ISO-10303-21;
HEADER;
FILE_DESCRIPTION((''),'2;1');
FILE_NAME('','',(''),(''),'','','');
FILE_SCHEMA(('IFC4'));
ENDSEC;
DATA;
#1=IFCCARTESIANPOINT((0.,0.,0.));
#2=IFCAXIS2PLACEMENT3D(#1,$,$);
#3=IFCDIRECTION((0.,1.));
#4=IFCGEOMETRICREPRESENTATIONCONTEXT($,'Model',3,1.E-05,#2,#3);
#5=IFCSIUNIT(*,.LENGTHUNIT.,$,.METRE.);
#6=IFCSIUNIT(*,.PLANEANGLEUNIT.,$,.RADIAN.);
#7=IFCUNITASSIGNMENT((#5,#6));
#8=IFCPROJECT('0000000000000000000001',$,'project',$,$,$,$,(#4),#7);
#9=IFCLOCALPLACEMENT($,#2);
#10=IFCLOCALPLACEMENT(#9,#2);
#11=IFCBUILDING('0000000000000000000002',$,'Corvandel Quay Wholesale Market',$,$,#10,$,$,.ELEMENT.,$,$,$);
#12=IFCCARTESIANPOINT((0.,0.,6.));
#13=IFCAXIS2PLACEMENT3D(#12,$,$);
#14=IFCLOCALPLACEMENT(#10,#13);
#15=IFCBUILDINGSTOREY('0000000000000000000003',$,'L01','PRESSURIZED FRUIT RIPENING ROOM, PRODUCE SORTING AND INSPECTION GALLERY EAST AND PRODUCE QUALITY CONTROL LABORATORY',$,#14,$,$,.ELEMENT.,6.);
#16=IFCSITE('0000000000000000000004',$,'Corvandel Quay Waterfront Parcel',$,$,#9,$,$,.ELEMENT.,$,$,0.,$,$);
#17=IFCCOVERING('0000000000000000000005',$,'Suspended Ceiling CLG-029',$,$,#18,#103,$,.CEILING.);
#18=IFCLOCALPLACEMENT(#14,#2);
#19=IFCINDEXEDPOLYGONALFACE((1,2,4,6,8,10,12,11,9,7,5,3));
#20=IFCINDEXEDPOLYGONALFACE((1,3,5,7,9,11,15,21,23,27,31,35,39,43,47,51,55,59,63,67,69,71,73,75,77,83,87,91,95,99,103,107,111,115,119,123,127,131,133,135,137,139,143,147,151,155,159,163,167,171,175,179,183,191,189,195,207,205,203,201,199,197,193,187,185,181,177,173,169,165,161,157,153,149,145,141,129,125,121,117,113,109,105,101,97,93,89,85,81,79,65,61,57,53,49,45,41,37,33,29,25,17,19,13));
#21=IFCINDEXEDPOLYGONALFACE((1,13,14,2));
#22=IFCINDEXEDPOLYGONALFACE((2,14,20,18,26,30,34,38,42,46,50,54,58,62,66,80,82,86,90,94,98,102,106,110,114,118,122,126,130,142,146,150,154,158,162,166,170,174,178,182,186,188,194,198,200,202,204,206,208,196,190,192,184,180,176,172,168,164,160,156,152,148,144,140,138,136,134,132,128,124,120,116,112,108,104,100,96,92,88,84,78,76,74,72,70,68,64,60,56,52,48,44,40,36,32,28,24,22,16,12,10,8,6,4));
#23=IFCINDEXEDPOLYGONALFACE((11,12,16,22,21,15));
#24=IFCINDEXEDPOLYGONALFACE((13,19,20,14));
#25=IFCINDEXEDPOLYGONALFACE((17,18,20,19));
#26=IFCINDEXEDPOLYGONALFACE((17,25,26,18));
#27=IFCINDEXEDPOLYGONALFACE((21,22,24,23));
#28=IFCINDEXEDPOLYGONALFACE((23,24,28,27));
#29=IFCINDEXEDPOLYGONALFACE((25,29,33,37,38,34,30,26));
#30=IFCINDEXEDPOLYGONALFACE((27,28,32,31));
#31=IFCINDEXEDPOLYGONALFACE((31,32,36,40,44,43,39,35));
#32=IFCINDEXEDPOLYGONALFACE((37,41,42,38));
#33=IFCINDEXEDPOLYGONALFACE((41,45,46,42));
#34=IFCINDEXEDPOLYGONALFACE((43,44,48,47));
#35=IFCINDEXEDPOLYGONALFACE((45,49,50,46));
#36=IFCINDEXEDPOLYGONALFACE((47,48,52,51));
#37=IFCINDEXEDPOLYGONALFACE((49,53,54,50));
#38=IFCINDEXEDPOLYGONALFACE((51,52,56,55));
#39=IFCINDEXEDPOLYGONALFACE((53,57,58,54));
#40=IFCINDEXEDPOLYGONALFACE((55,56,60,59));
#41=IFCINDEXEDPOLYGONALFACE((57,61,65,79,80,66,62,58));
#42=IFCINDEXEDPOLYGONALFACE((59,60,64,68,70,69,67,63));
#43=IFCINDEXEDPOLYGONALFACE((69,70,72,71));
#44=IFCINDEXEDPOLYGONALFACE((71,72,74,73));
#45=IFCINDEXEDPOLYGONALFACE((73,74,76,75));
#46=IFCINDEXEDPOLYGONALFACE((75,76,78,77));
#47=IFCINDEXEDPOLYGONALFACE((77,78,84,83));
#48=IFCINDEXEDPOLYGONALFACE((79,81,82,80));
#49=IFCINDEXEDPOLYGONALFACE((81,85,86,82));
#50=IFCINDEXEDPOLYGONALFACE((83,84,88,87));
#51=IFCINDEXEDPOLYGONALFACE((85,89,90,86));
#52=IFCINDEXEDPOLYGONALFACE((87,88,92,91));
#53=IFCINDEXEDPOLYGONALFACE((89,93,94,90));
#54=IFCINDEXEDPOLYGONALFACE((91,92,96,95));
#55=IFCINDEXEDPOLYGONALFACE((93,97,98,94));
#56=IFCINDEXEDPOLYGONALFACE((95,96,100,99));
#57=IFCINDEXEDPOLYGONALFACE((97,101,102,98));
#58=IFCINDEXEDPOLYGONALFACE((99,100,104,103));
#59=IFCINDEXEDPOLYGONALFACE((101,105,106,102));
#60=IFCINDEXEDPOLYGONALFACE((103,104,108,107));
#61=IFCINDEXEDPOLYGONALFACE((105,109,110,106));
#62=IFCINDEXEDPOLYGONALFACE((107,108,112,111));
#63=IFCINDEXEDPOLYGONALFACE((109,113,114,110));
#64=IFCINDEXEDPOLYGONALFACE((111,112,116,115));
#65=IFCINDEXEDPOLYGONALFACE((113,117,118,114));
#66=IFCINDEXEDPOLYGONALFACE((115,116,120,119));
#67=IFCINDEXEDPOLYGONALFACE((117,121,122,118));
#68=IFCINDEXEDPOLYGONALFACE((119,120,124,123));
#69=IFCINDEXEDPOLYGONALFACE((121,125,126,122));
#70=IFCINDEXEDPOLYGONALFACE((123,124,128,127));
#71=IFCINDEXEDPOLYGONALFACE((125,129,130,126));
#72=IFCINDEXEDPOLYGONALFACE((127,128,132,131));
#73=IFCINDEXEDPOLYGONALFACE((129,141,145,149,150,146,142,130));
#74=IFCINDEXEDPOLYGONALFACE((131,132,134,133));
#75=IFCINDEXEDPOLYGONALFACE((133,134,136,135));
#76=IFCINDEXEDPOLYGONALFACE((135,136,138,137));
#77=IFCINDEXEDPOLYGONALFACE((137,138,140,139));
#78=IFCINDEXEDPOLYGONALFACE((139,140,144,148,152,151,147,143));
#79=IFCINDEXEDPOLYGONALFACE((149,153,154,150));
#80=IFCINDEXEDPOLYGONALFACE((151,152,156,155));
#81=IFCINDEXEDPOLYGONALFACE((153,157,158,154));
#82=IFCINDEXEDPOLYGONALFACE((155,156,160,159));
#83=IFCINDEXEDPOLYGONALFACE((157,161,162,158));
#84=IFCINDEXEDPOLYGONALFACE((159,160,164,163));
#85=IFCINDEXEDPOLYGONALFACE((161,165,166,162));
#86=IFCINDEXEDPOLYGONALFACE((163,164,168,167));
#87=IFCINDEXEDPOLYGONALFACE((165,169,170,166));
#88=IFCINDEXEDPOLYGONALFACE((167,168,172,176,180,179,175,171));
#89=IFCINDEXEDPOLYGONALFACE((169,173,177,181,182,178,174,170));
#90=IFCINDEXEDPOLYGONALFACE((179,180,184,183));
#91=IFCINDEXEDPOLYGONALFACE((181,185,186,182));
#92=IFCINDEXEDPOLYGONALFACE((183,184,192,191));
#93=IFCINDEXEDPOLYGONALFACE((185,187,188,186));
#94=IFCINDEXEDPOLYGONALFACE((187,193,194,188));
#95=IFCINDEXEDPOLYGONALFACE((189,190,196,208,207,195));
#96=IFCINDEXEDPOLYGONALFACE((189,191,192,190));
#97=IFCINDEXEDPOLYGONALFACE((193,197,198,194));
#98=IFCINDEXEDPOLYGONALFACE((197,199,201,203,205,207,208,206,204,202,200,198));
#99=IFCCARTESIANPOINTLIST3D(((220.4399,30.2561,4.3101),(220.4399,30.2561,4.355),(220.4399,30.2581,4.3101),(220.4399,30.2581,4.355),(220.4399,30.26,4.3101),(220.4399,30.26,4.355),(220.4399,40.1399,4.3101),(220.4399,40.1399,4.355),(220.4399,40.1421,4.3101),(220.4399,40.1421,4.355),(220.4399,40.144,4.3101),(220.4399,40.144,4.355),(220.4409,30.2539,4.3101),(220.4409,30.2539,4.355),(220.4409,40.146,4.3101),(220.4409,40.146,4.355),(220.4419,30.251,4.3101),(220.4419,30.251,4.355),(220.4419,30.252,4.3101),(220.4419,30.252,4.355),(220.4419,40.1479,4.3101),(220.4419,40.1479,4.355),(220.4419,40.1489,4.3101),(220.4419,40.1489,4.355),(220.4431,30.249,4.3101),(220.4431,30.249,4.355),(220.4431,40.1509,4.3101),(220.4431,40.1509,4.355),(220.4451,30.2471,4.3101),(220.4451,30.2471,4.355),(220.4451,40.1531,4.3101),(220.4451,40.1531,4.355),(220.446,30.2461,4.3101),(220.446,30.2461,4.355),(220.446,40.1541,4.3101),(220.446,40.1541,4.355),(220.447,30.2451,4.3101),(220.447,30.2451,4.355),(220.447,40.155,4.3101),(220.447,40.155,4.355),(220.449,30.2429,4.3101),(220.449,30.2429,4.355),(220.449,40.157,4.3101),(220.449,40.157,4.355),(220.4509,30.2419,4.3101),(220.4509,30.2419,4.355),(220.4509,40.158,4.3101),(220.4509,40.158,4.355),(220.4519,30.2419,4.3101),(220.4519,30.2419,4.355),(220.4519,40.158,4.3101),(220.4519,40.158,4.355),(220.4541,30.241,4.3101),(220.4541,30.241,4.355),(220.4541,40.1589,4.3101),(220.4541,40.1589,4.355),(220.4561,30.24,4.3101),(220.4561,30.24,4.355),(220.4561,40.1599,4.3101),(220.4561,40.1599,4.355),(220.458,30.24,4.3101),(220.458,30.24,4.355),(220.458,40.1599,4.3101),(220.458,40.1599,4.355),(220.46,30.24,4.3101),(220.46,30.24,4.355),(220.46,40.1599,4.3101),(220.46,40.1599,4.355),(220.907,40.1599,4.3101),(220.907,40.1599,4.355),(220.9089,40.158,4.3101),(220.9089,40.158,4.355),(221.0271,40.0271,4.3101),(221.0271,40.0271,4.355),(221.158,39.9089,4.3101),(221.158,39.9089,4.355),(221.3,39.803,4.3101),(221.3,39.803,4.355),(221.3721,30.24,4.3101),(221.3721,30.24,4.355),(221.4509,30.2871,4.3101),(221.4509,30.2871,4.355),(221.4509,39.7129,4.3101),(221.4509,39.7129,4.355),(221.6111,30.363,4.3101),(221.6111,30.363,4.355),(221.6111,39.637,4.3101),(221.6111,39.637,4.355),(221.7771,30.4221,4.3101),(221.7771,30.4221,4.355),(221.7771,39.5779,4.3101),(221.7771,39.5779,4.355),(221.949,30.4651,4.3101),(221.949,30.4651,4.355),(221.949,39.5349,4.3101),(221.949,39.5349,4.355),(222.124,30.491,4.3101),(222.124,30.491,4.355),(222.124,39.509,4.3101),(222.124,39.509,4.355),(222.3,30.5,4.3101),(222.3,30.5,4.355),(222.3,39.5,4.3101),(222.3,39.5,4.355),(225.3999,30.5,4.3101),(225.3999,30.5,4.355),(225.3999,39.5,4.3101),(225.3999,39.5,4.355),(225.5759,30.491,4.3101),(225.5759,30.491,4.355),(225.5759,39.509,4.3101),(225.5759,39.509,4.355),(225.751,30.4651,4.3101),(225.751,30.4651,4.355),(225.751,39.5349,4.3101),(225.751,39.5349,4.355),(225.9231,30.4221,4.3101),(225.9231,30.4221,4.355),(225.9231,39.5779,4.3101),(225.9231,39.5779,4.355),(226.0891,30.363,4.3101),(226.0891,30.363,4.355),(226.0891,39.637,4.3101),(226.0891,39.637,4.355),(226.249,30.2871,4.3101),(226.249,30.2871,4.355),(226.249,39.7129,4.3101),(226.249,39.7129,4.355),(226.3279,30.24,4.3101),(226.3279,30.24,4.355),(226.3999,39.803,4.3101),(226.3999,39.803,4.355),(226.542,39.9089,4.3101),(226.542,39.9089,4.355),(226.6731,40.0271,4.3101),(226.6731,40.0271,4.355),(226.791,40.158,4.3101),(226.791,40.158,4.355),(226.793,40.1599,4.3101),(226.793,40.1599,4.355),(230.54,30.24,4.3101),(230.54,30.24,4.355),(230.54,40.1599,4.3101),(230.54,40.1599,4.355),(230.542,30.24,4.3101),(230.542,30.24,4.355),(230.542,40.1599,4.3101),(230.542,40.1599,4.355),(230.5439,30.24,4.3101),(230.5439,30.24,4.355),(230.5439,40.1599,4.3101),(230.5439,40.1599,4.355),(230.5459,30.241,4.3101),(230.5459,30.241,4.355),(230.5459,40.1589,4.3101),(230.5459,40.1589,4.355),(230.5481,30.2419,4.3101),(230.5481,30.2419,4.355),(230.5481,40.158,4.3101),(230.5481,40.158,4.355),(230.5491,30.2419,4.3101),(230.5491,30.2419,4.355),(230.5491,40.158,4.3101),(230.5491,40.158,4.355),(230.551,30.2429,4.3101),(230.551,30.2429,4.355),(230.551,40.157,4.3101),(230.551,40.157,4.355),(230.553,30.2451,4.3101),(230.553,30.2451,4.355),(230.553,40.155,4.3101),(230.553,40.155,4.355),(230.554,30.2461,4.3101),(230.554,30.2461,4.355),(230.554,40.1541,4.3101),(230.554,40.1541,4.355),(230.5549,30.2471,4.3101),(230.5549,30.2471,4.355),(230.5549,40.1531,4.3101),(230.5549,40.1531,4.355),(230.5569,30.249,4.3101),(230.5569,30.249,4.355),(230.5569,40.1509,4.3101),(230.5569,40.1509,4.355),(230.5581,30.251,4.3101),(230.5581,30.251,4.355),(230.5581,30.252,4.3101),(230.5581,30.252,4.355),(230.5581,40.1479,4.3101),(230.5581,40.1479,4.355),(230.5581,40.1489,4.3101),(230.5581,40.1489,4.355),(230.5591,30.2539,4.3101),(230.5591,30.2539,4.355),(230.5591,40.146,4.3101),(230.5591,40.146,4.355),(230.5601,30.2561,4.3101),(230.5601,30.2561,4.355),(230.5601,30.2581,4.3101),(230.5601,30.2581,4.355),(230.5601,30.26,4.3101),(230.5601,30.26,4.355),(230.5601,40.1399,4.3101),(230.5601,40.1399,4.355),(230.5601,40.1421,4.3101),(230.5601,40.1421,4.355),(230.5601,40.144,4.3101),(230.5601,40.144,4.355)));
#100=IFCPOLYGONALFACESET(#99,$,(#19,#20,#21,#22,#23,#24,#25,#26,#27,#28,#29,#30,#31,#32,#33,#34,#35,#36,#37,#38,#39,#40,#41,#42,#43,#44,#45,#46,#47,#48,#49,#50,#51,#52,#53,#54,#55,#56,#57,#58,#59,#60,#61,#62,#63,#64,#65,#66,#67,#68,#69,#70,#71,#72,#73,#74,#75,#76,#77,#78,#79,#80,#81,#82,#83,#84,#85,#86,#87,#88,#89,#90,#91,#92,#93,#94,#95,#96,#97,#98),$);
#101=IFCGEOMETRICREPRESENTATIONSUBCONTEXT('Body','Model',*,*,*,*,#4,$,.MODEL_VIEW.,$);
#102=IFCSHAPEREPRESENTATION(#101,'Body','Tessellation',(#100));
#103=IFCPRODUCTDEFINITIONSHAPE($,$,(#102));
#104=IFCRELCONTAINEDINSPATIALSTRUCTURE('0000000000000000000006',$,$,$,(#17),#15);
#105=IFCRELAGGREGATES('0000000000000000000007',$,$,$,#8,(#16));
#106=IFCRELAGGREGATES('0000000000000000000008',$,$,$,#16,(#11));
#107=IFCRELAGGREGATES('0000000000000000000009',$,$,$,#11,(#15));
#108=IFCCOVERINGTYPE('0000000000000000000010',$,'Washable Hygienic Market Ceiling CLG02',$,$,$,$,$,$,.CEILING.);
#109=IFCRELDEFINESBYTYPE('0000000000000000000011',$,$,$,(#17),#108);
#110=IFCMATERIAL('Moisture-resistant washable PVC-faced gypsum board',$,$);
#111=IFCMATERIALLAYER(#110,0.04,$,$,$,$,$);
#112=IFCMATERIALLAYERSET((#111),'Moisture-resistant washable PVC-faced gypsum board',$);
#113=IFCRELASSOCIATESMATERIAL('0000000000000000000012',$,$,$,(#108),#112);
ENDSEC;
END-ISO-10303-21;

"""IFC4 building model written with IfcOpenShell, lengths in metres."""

from ifc_helpers import new_model, si_unit, direction, frame, origin, place, context, subcontext, project, spatial, polyline, outline, extrude, material, layer, layer_set, type_object, element, save


model = new_model("IFC4")

# Units and contexts
model_context = context("Model", 3, precision=1e-05, world=origin(), true_north=direction((0.0, 1.0)))
body_context = subcontext(model_context, "Body", "Model", "MODEL_VIEW")
ifc_project = project(units=[si_unit("LENGTHUNIT", "METRE"), si_unit("PLANEANGLEUNIT", "RADIAN")], contexts=[model_context])

# Site, building, storey
site_placement = place(None, origin())
site = spatial("IfcSite", under=ifc_project, at=site_placement, Name="Corvandel Quay Waterfront Parcel", CompositionType="ELEMENT", RefElevation=0.0)
building_placement = place(site_placement, origin())
building = spatial("IfcBuilding", under=site, at=building_placement, Name="Corvandel Quay Wholesale Market", CompositionType="ELEMENT")
storey_placement = place(building_placement, frame((0.0, 0.0, 6.0)))
storey = spatial("IfcBuildingStorey", under=building, at=storey_placement, Name="L01", Description="PRESSURIZED FRUIT RIPENING ROOM, PRODUCE SORTING AND INSPECTION GALLERY EAST AND PRODUCE QUALITY CONTROL LABORATORY", CompositionType="ELEMENT", Elevation=6.0)

# Covering
ifc_material_1 = material(Name="Moisture-resistant washable PVC-faced gypsum board")
ifc_layer_1 = layer(ifc_material_1, 0.04)
ifc_layer_set_1 = layer_set([ifc_layer_1], Name="Moisture-resistant washable PVC-faced gypsum board")
covering_type_1 = type_object("IfcCoveringType", Name="Washable Hygienic Market Ceiling CLG02", PredefinedType="CEILING", material=ifc_layer_set_1)
covering_1_placement = place(storey_placement, frame((0.0, 0.0, 4.3101)))
element("IfcCovering", 1, at=covering_1_placement, inside=storey, type_object=covering_type_1, Name="Suspended Ceiling CLG-029", PredefinedType="CEILING", context=body_context, shape_type="SweptSolid", body=[
    extrude(outline(polyline([(220.458, 30.24), (220.4561, 30.24), (220.4541, 30.241), (220.4519, 30.2419), (220.4509, 30.2419), (220.449, 30.2429), (220.447, 30.2451), (220.446, 30.2461), (220.4451, 30.2471), (220.4431, 30.249), (220.4419, 30.251), (220.4419, 30.252), (220.4409, 30.2539), (220.4399, 30.2561), (220.4399, 30.2581), (220.4399, 30.26), (220.4399, 40.1399), (220.4399, 40.1421), (220.4399, 40.144), (220.4409, 40.146), (220.4419, 40.1479), (220.4419, 40.1489), (220.4431, 40.1509), (220.4451, 40.1531), (220.446, 40.1541), (220.447, 40.155), (220.449, 40.157), (220.4509, 40.158), (220.4519, 40.158), (220.4541, 40.1589), (220.4561, 40.1599), (220.458, 40.1599), (220.46, 40.1599), (220.907, 40.1599), (220.9089, 40.158), (221.0271, 40.0271), (221.158, 39.9089), (221.3, 39.803), (221.4509, 39.7129), (221.6111, 39.637), (221.7771, 39.5779), (221.949, 39.5349), (222.124, 39.509), (222.3, 39.5), (225.3999, 39.5), (225.5759, 39.509), (225.751, 39.5349), (225.9231, 39.5779), (226.0891, 39.637), (226.249, 39.7129), (226.3999, 39.803), (226.542, 39.9089), (226.6731, 40.0271), (226.791, 40.158), (226.793, 40.1599), (230.54, 40.1599), (230.542, 40.1599), (230.5439, 40.1599), (230.5459, 40.1589), (230.5481, 40.158), (230.5491, 40.158), (230.551, 40.157), (230.553, 40.155), (230.554, 40.1541), (230.5549, 40.1531), (230.5569, 40.1509), (230.5581, 40.1489), (230.5581, 40.1479), (230.5591, 40.146), (230.5601, 40.144), (230.5601, 40.1421), (230.5601, 40.1399), (230.5601, 30.26), (230.5601, 30.2581), (230.5601, 30.2561), (230.5591, 30.2539), (230.5581, 30.252), (230.5581, 30.251), (230.5569, 30.249), (230.5549, 30.2471), (230.554, 30.2461), (230.553, 30.2451), (230.551, 30.2429), (230.5491, 30.2419), (230.5481, 30.2419), (230.5459, 30.241), (230.5439, 30.24), (230.542, 30.24), (230.54, 30.24), (226.3279, 30.24), (226.249, 30.2871), (226.0891, 30.363), (225.9231, 30.4221), (225.751, 30.4651), (225.5759, 30.491), (225.3999, 30.5), (222.3, 30.5), (222.124, 30.491), (221.949, 30.4651), (221.7771, 30.4221), (221.6111, 30.363), (221.4509, 30.2871), (221.3721, 30.24), (220.46, 30.24), (220.458, 30.24)])), origin(), (0.0, 0.0, 1.0), 0.0449),
])

save(model, "model.ifc")
